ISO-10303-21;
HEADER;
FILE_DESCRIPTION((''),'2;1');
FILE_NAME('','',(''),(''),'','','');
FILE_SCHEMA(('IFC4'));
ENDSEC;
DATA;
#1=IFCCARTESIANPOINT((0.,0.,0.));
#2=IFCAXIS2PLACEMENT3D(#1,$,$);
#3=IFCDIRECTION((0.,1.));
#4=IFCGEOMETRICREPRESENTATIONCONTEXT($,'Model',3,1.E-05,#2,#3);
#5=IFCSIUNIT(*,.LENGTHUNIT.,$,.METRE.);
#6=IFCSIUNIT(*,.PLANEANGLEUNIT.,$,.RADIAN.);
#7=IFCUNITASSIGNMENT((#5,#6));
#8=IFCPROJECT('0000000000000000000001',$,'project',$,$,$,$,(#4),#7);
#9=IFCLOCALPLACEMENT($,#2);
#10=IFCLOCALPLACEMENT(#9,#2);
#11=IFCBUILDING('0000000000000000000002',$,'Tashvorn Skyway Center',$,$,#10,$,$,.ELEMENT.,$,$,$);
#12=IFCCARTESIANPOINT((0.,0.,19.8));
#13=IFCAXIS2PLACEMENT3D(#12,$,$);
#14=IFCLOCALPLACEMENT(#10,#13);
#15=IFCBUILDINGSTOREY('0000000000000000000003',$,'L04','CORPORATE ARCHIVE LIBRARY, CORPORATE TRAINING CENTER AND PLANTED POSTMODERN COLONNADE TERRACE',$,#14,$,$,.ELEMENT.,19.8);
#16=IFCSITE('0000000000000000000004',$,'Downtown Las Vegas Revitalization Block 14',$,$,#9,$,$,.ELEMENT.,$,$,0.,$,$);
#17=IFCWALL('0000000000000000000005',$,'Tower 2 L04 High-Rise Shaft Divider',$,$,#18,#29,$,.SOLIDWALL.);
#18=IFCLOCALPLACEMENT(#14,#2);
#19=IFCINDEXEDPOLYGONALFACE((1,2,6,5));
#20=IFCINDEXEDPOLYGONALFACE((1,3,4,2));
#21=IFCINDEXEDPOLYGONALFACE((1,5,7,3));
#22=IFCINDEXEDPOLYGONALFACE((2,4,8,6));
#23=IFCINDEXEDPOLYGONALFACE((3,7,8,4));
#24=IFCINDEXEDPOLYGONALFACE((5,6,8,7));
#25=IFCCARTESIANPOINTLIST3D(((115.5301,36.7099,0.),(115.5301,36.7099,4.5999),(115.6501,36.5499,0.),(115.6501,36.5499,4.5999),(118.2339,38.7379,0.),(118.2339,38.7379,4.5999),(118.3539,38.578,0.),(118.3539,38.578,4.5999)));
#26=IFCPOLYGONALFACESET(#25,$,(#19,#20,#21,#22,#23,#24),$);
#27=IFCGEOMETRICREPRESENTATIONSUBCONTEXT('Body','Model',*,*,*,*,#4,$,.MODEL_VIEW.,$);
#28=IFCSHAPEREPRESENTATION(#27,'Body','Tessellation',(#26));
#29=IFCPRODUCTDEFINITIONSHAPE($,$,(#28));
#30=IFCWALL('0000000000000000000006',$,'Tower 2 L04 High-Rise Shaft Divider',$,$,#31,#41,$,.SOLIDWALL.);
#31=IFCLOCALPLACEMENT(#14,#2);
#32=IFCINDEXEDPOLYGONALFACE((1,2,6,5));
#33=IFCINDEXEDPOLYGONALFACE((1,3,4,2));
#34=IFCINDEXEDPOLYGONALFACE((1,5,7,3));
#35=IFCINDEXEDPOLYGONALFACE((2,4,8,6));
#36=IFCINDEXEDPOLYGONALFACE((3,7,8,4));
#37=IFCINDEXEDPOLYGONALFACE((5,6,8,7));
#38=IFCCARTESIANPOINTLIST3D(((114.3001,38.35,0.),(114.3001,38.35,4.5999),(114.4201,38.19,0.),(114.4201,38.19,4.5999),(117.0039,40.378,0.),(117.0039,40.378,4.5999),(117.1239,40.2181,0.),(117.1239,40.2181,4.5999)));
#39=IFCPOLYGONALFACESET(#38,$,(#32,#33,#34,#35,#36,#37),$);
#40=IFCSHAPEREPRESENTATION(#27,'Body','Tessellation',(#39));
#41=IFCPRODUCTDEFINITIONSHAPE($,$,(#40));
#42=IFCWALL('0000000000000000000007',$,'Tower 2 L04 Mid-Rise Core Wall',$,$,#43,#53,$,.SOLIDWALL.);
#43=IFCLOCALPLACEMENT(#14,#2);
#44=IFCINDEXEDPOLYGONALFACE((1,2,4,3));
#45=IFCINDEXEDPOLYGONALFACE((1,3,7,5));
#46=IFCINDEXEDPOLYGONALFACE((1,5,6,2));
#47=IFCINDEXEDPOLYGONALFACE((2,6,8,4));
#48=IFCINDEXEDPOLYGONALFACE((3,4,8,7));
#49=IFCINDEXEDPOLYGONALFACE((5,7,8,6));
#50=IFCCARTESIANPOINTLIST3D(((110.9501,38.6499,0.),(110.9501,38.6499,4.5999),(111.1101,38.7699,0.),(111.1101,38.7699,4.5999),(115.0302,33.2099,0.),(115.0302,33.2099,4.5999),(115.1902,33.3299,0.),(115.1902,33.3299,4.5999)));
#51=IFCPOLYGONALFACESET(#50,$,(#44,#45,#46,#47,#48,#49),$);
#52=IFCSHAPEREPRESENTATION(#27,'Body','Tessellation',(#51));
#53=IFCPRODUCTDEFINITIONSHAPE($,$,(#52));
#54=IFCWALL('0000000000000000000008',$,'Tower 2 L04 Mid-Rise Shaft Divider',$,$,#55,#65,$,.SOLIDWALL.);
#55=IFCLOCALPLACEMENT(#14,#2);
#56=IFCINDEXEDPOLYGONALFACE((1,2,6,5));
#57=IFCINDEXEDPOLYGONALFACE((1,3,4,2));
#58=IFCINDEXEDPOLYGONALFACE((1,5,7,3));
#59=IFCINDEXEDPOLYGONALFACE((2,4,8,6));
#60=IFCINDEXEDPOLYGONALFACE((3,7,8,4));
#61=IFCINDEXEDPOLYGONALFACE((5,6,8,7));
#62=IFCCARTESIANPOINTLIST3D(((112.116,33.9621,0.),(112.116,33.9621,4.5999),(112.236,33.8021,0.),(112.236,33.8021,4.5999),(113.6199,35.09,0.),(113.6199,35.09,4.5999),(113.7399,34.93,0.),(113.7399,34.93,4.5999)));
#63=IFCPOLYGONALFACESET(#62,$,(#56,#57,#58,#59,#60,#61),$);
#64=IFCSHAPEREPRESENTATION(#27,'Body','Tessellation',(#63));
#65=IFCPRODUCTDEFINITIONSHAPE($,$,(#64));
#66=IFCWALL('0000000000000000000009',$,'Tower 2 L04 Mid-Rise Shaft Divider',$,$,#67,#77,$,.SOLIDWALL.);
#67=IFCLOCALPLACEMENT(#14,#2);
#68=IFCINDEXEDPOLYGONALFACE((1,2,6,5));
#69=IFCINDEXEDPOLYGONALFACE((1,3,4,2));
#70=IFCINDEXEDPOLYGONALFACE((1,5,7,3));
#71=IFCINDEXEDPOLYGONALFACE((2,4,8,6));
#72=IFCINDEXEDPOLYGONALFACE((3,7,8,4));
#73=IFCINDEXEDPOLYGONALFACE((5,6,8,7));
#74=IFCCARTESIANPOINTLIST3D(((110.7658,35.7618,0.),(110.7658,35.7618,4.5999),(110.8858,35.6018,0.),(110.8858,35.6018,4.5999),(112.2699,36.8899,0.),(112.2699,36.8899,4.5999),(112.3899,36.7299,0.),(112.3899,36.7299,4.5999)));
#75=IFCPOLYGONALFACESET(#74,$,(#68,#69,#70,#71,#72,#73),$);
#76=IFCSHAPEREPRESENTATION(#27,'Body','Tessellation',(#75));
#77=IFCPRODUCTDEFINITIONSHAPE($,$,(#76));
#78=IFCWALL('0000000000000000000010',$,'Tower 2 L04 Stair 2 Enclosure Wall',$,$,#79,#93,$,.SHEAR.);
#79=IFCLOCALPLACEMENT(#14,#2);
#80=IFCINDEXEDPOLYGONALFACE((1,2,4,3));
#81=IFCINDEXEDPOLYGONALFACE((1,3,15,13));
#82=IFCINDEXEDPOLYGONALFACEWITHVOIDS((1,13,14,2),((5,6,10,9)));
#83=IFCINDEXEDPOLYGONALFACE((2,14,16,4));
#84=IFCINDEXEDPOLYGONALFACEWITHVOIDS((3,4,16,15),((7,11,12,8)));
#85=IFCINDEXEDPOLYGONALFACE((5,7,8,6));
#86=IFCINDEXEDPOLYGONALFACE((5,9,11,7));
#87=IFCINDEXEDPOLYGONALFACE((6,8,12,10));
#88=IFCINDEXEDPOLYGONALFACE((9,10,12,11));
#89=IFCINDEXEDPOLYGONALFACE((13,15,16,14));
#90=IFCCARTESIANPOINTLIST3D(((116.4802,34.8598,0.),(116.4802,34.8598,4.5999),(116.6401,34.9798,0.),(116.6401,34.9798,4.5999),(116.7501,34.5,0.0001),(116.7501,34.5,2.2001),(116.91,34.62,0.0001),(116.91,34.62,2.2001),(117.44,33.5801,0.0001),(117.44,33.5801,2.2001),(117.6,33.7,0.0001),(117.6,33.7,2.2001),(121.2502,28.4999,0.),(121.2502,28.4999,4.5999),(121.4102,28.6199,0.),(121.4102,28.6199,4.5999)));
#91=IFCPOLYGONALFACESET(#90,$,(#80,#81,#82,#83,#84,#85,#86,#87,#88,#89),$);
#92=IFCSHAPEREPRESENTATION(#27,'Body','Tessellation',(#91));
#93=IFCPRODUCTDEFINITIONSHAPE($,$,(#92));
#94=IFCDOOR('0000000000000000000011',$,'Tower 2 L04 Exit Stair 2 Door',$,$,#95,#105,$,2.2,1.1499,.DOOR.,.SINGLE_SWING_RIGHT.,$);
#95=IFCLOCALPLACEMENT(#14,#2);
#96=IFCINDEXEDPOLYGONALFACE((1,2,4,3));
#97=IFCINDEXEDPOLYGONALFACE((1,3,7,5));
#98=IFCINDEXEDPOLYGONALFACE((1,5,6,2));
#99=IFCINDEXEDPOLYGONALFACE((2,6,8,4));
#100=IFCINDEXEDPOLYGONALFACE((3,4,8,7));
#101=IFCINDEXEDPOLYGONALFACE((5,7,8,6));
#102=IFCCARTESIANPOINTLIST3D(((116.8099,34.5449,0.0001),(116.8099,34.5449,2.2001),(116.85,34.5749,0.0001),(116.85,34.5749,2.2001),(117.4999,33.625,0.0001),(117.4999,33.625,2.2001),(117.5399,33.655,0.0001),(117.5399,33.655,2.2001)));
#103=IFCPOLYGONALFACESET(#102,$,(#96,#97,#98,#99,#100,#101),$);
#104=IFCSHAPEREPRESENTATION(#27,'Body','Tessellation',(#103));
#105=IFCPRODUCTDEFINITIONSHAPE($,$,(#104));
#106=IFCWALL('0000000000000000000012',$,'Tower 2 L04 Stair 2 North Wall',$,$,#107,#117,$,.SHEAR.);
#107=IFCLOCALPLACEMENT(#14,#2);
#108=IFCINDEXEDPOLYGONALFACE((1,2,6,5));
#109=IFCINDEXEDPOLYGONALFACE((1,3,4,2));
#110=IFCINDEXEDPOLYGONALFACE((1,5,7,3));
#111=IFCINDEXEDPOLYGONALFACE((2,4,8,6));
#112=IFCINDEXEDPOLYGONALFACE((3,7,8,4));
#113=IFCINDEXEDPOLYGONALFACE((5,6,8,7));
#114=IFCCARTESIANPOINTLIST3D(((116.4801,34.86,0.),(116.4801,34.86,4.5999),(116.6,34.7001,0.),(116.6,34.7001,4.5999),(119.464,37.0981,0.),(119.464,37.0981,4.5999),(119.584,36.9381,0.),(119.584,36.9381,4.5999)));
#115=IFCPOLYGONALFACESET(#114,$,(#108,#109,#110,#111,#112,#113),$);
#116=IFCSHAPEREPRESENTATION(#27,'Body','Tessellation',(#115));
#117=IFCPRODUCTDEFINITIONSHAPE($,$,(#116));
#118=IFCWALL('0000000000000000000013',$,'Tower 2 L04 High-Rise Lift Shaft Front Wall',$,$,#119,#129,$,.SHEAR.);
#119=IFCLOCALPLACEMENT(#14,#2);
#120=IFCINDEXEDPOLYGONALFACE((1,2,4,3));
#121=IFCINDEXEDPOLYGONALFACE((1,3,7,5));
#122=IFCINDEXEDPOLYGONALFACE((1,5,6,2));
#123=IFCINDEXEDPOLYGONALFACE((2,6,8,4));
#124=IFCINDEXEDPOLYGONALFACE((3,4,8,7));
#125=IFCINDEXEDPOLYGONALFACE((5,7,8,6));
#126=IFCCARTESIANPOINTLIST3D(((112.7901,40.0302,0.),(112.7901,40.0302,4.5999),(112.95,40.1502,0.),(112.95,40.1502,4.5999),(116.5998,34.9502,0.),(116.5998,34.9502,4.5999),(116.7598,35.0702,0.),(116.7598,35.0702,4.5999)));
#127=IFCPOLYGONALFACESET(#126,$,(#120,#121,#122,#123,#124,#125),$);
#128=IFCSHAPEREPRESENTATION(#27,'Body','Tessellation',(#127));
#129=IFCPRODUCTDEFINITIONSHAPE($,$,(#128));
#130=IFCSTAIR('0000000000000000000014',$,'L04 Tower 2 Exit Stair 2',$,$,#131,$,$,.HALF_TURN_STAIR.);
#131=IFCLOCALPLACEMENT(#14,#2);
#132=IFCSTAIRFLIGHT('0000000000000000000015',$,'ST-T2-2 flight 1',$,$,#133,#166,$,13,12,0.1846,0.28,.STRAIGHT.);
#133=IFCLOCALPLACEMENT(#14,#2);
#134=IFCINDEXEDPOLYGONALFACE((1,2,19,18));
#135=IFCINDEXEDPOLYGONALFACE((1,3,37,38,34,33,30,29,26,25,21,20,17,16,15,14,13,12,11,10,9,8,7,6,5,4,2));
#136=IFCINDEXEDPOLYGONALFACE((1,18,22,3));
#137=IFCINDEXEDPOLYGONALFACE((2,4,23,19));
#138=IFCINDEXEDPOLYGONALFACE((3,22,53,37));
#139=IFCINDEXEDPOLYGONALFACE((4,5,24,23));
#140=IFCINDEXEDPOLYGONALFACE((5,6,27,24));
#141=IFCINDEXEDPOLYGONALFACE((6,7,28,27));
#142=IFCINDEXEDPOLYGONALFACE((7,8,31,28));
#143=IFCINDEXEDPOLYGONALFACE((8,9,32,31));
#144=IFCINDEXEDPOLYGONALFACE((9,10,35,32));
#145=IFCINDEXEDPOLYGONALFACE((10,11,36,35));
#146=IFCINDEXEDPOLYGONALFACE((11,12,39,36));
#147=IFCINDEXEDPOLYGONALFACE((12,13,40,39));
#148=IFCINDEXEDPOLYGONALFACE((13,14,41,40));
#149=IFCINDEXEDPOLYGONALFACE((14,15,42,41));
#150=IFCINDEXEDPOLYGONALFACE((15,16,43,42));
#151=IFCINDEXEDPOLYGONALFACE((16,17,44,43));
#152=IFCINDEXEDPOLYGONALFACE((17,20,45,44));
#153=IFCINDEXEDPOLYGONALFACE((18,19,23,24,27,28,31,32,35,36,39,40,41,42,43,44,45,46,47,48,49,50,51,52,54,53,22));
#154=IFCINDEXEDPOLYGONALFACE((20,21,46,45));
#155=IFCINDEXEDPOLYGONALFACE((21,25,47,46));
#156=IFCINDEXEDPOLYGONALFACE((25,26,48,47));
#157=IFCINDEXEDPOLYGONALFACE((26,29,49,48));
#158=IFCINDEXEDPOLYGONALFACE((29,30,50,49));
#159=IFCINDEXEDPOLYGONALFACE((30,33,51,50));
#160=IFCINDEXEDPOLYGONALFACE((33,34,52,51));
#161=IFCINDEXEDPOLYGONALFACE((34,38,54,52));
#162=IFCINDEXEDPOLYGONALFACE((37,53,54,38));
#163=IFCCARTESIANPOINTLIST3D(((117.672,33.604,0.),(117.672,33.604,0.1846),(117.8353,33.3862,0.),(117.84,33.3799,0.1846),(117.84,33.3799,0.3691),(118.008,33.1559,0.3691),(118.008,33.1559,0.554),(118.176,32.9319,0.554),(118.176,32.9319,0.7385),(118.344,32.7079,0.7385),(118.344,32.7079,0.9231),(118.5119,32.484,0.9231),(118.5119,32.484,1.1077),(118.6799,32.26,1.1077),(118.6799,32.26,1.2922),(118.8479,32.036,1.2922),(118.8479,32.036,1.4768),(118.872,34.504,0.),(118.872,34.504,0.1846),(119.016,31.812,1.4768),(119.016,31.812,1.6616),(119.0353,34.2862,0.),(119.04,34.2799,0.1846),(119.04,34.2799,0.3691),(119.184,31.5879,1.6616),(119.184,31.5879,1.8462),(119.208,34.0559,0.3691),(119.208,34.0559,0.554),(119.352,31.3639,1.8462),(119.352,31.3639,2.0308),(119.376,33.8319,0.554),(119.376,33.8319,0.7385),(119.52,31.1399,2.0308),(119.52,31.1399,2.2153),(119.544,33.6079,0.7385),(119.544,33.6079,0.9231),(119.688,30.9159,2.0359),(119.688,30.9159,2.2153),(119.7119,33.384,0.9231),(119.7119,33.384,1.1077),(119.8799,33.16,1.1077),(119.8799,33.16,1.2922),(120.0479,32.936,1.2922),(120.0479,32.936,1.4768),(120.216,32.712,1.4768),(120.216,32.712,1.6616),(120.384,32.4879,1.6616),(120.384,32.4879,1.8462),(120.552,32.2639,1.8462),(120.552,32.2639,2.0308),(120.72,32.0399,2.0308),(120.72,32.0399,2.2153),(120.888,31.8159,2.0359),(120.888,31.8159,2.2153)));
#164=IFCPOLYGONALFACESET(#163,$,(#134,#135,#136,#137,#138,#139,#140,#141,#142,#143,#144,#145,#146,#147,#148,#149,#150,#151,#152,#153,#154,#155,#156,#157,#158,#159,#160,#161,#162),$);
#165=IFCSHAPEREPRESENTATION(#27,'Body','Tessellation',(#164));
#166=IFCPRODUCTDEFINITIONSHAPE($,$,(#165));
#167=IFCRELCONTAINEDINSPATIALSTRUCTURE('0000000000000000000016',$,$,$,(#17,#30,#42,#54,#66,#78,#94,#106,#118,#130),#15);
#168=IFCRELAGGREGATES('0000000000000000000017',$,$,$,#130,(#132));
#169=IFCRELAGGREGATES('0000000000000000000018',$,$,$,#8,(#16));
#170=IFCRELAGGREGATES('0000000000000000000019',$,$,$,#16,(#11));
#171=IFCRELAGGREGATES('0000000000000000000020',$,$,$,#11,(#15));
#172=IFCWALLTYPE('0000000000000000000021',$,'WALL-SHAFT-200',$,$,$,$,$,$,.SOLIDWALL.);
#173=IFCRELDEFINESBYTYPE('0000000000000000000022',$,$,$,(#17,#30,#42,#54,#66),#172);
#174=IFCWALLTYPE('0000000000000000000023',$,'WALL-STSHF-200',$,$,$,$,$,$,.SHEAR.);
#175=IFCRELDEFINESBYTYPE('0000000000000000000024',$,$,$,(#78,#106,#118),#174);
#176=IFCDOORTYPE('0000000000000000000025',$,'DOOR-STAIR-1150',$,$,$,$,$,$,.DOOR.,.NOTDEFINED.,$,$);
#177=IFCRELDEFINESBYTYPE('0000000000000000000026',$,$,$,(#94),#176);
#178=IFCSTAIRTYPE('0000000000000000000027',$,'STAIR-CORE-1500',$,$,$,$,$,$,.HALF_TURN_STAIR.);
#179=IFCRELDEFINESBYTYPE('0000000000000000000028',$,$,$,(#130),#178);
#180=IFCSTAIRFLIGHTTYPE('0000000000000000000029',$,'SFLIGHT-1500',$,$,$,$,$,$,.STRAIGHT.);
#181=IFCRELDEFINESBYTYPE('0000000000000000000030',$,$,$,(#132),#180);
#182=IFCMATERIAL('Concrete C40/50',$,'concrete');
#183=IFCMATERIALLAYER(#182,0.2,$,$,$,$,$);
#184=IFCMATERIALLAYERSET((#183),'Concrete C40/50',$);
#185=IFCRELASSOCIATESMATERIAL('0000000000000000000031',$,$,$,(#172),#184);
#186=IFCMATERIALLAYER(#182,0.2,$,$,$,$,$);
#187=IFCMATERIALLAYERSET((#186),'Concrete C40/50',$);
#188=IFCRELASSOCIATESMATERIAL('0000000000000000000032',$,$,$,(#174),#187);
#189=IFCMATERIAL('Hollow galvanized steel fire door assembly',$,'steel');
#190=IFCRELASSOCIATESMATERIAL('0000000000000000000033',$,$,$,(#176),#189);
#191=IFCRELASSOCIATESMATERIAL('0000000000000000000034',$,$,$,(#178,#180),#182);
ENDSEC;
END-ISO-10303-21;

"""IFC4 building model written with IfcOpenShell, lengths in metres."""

from ifc_helpers import new_model, si_unit, direction, frame, frame_2d, origin, place, context, subcontext, project, spatial, polyline, rectangle, outline, extrude, material, layer, layer_set, type_object, element, fill, aggregate, save


model = new_model("IFC4")

# Units and contexts
model_context = context("Model", 3, precision=1e-05, world=origin(), true_north=direction((0.0, 1.0)))
body_context = subcontext(model_context, "Body", "Model", "MODEL_VIEW")
ifc_project = project(units=[si_unit("LENGTHUNIT", "METRE"), si_unit("PLANEANGLEUNIT", "RADIAN")], contexts=[model_context])

# Site, building, storey
site_placement = place(None, origin())
site = spatial("IfcSite", under=ifc_project, at=site_placement, Name="Downtown Las Vegas Revitalization Block 14", CompositionType="ELEMENT", RefElevation=0.0)
building_placement = place(site_placement, origin())
building = spatial("IfcBuilding", under=site, at=building_placement, Name="Tashvorn Skyway Center", CompositionType="ELEMENT")
storey_placement = place(building_placement, frame((0.0, 0.0, 19.8)))
storey = spatial("IfcBuildingStorey", under=building, at=storey_placement, Name="L04", Description="CORPORATE ARCHIVE LIBRARY, CORPORATE TRAINING CENTER AND PLANTED POSTMODERN COLONNADE TERRACE", CompositionType="ELEMENT", Elevation=19.8)

# Walls
ifc_material_1 = material(Name="Concrete C40/50", Category="concrete")
ifc_layer_1 = layer(ifc_material_1, 0.2)
ifc_layer_set_1 = layer_set([ifc_layer_1], Name="Concrete C40/50")
wall_type_1 = type_object("IfcWallType", Name="WALL-SHAFT-200", PredefinedType="SOLIDWALL", material=ifc_layer_set_1)
for number, where, z_axis, x_axis, name in (
    (1, (115.5901, 36.6299, 0.0), (0.0, 0.0, 1.0), (0.799974, 0.600035, 0.0), "Tower 2 L04 High-Rise Shaft Divider"),
    (2, (114.3601, 38.27, 0.0), (0.0, 0.0, 1.0), (0.799974, 0.600035, 0.0), "Tower 2 L04 High-Rise Shaft Divider"),
):
    element("IfcWall", number, at=place(storey_placement, frame(where, z_axis=z_axis, x_axis=x_axis)), inside=storey, type_object=wall_type_1, Name=name, PredefinedType="SOLIDWALL", context=body_context, shape_type="SweptSolid", body=[
        extrude(rectangle(XDim=3.3799, YDim=0.2, at=frame_2d((1.6899, 0.0))), origin(), (0.0, 0.0, 1.0), 4.5999),
    ])
wall_1_placement = place(storey_placement, frame((115.1101, 33.27, 0.0), z_axis=(0.0, 0.0, 1.0), x_axis=(-0.600011, 0.799991, 0.0)))
element("IfcWall", 3, at=wall_1_placement, inside=storey, type_object=wall_type_1, Name="Tower 2 L04 Mid-Rise Core Wall", PredefinedType="SOLIDWALL", context=body_context, shape_type="SweptSolid", body=[
    extrude(rectangle(XDim=6.8, YDim=0.2, at=frame_2d((3.3999, 0.0))), origin(), (0.0, 0.0, 1.0), 4.5999),
])
wall_2_placement = place(storey_placement, frame((112.176, 33.8821, 0.0), z_axis=(0.0, 0.0, 1.0), x_axis=(0.8, 0.6, 0.0)))
element("IfcWall", 4, at=wall_2_placement, inside=storey, type_object=wall_type_1, Name="Tower 2 L04 Mid-Rise Shaft Divider", PredefinedType="SOLIDWALL", context=body_context, shape_type="SweptSolid", body=[
    extrude(rectangle(XDim=1.8799, YDim=0.2, at=frame_2d((0.9399, 0.0))), origin(), (0.0, 0.0, 1.0), 4.5999),
])
wall_3_placement = place(storey_placement, frame((110.8259, 35.6819, 0.0), z_axis=(0.0, 0.0, 1.0), x_axis=(0.799984, 0.600021, 0.0)))
element("IfcWall", 5, at=wall_3_placement, inside=storey, type_object=wall_type_1, Name="Tower 2 L04 Mid-Rise Shaft Divider", PredefinedType="SOLIDWALL", context=body_context, shape_type="SweptSolid", body=[
    extrude(rectangle(XDim=1.8801, YDim=0.2, at=frame_2d((0.9399, 0.0))), origin(), (0.0, 0.0, 1.0), 4.5999),
])

# Wall, opening, door
ifc_layer_2 = layer(ifc_material_1, 0.2)
ifc_layer_set_2 = layer_set([ifc_layer_2], Name="Concrete C40/50")
wall_type_2 = type_object("IfcWallType", Name="WALL-STSHF-200", PredefinedType="SHEAR", material=ifc_layer_set_2)
wall_4_placement = place(storey_placement, frame((116.5601, 34.9199, 0.0), z_axis=(0.0, 0.0, 1.0), x_axis=(0.60001, -0.799993, 0.0)))
wall_4 = element("IfcWall", 6, at=wall_4_placement, inside=storey, type_object=wall_type_2, Name="Tower 2 L04 Stair 2 Enclosure Wall", PredefinedType="SHEAR", context=body_context, shape_type="SweptSolid", body=[
    extrude(rectangle(XDim=7.95, YDim=0.2, at=frame_2d((3.9751, 0.0))), origin(), (0.0, 0.0, 1.0), 4.5999),
])
opening_placement = place(wall_4_placement, frame((0.45, 0.0, 0.0)))
opening = element("IfcOpeningElement", 7, at=opening_placement, cuts=wall_4, PredefinedType="OPENING", context=body_context, shape_type="SweptSolid", body=[
    extrude(rectangle(XDim=1.1499, YDim=2.2, at=frame_2d((0.575, 1.1001))), frame((0.0, 0.1099, 0.0), z_axis=(0.0, -1.0, 0.0), x_axis=(1.0, 0.0, 0.0)), (0.0, 0.0, 1.0), 0.22),
])
ifc_material_2 = material(Name="Hollow galvanized steel fire door assembly", Category="steel")
door_type = type_object("IfcDoorType", Name="DOOR-STAIR-1150", OperationType="NOTDEFINED", PredefinedType="DOOR", material=ifc_material_2)
door_placement = place(opening_placement, origin())
door = element("IfcDoor", 8, at=door_placement, inside=storey, type_object=door_type, Name="Tower 2 L04 Exit Stair 2 Door", OperationType="SINGLE_SWING_RIGHT", OverallHeight=2.2, OverallWidth=1.1499, PredefinedType="DOOR", context=body_context, shape_type="SweptSolid", body=[
    extrude(rectangle(XDim=1.1499, YDim=2.2, at=frame_2d((0.575, 1.1001))), frame((0.0, 0.0249, 0.0), z_axis=(0.0, -1.0, 0.0), x_axis=(1.0, 0.0, 0.0)), (0.0, 0.0, 1.0), 0.05),
])
fill(opening, door)

# Walls
wall_5_placement = place(storey_placement, frame((116.54, 34.78, 0.0), z_axis=(0.0, 0.0, 1.0), x_axis=(0.799984, 0.600021, 0.0)))
element("IfcWall", 9, at=wall_5_placement, inside=storey, type_object=wall_type_2, Name="Tower 2 L04 Stair 2 North Wall", PredefinedType="SHEAR", context=body_context, shape_type="SweptSolid", body=[
    extrude(rectangle(XDim=3.73, YDim=0.2, at=frame_2d((1.865, 0.0))), origin(), (0.0, 0.0, 1.0), 4.5999),
])
wall_6_placement = place(storey_placement, frame((112.8701, 40.0901, 0.0), z_axis=(0.0, 0.0, 1.0), x_axis=(0.599975, -0.800018, 0.0)))
element("IfcWall", 10, at=wall_6_placement, inside=storey, type_object=wall_type_2, Name="Tower 2 L04 High-Rise Lift Shaft Front Wall", PredefinedType="SHEAR", context=body_context, shape_type="SweptSolid", body=[
    extrude(rectangle(XDim=6.3499, YDim=0.2, at=frame_2d((3.1748, 0.0))), origin(), (0.0, 0.0, 1.0), 4.5999),
])

# Stair, stair flight
stair_type = type_object("IfcStairType", Name="STAIR-CORE-1500", PredefinedType="HALF_TURN_STAIR", material=ifc_material_1)
stair_1_placement = place(storey_placement, origin())
stair_1 = element("IfcStair", 11, at=stair_1_placement, inside=storey, type_object=stair_type, Name="L04 Tower 2 Exit Stair 2", PredefinedType="HALF_TURN_STAIR")
stair_flight_type = type_object("IfcStairFlightType", Name="SFLIGHT-1500", PredefinedType="STRAIGHT", material=ifc_material_1)
stair_flight_1_placement = place(storey_placement, frame((118.272, 34.054, 0.0), z_axis=(0.0, 0.0, 1.0), x_axis=(0.6, -0.8, 0.0)))
stair_flight_1 = element("IfcStairFlight", 12, at=stair_flight_1_placement, type_object=stair_flight_type, Name="ST-T2-2 flight 1", NumberOfRisers=13, NumberOfTreads=12, PredefinedType="STRAIGHT", RiserHeight=0.1846, TreadLength=0.28, context=body_context, shape_type="SweptSolid", body=[
    extrude(outline(polyline([(0.0, 0.0), (0.0, 0.1846), (0.28, 0.1846), (0.28, 0.3691), (0.5601, 0.3691), (0.5601, 0.554), (0.8401, 0.554), (0.8401, 0.7385), (1.1201, 0.7385), (1.1201, 0.9231), (1.3999, 0.9231), (1.3999, 1.1077), (1.6799, 1.1077), (1.6799, 1.2922), (1.96, 1.2922), (1.96, 1.4768), (2.24, 1.4768), (2.24, 1.6616), (2.52, 1.6616), (2.52, 1.8462), (2.8, 1.8462), (2.8, 2.0308), (3.0801, 2.0308), (3.0801, 2.2153), (3.3601, 2.2153), (3.3601, 2.3999), (3.3601, 2.0359), (0.2722, 0.0), (0.0, 0.0)])), frame((0.0, 0.75, 0.0), z_axis=(0.0, -1.0, 0.0), x_axis=(1.0, 0.0, 0.0)), (0.0, 0.0, 1.0), 1.5),
])
aggregate(stair_1, [stair_flight_1])

save(model, "model.ifc")
